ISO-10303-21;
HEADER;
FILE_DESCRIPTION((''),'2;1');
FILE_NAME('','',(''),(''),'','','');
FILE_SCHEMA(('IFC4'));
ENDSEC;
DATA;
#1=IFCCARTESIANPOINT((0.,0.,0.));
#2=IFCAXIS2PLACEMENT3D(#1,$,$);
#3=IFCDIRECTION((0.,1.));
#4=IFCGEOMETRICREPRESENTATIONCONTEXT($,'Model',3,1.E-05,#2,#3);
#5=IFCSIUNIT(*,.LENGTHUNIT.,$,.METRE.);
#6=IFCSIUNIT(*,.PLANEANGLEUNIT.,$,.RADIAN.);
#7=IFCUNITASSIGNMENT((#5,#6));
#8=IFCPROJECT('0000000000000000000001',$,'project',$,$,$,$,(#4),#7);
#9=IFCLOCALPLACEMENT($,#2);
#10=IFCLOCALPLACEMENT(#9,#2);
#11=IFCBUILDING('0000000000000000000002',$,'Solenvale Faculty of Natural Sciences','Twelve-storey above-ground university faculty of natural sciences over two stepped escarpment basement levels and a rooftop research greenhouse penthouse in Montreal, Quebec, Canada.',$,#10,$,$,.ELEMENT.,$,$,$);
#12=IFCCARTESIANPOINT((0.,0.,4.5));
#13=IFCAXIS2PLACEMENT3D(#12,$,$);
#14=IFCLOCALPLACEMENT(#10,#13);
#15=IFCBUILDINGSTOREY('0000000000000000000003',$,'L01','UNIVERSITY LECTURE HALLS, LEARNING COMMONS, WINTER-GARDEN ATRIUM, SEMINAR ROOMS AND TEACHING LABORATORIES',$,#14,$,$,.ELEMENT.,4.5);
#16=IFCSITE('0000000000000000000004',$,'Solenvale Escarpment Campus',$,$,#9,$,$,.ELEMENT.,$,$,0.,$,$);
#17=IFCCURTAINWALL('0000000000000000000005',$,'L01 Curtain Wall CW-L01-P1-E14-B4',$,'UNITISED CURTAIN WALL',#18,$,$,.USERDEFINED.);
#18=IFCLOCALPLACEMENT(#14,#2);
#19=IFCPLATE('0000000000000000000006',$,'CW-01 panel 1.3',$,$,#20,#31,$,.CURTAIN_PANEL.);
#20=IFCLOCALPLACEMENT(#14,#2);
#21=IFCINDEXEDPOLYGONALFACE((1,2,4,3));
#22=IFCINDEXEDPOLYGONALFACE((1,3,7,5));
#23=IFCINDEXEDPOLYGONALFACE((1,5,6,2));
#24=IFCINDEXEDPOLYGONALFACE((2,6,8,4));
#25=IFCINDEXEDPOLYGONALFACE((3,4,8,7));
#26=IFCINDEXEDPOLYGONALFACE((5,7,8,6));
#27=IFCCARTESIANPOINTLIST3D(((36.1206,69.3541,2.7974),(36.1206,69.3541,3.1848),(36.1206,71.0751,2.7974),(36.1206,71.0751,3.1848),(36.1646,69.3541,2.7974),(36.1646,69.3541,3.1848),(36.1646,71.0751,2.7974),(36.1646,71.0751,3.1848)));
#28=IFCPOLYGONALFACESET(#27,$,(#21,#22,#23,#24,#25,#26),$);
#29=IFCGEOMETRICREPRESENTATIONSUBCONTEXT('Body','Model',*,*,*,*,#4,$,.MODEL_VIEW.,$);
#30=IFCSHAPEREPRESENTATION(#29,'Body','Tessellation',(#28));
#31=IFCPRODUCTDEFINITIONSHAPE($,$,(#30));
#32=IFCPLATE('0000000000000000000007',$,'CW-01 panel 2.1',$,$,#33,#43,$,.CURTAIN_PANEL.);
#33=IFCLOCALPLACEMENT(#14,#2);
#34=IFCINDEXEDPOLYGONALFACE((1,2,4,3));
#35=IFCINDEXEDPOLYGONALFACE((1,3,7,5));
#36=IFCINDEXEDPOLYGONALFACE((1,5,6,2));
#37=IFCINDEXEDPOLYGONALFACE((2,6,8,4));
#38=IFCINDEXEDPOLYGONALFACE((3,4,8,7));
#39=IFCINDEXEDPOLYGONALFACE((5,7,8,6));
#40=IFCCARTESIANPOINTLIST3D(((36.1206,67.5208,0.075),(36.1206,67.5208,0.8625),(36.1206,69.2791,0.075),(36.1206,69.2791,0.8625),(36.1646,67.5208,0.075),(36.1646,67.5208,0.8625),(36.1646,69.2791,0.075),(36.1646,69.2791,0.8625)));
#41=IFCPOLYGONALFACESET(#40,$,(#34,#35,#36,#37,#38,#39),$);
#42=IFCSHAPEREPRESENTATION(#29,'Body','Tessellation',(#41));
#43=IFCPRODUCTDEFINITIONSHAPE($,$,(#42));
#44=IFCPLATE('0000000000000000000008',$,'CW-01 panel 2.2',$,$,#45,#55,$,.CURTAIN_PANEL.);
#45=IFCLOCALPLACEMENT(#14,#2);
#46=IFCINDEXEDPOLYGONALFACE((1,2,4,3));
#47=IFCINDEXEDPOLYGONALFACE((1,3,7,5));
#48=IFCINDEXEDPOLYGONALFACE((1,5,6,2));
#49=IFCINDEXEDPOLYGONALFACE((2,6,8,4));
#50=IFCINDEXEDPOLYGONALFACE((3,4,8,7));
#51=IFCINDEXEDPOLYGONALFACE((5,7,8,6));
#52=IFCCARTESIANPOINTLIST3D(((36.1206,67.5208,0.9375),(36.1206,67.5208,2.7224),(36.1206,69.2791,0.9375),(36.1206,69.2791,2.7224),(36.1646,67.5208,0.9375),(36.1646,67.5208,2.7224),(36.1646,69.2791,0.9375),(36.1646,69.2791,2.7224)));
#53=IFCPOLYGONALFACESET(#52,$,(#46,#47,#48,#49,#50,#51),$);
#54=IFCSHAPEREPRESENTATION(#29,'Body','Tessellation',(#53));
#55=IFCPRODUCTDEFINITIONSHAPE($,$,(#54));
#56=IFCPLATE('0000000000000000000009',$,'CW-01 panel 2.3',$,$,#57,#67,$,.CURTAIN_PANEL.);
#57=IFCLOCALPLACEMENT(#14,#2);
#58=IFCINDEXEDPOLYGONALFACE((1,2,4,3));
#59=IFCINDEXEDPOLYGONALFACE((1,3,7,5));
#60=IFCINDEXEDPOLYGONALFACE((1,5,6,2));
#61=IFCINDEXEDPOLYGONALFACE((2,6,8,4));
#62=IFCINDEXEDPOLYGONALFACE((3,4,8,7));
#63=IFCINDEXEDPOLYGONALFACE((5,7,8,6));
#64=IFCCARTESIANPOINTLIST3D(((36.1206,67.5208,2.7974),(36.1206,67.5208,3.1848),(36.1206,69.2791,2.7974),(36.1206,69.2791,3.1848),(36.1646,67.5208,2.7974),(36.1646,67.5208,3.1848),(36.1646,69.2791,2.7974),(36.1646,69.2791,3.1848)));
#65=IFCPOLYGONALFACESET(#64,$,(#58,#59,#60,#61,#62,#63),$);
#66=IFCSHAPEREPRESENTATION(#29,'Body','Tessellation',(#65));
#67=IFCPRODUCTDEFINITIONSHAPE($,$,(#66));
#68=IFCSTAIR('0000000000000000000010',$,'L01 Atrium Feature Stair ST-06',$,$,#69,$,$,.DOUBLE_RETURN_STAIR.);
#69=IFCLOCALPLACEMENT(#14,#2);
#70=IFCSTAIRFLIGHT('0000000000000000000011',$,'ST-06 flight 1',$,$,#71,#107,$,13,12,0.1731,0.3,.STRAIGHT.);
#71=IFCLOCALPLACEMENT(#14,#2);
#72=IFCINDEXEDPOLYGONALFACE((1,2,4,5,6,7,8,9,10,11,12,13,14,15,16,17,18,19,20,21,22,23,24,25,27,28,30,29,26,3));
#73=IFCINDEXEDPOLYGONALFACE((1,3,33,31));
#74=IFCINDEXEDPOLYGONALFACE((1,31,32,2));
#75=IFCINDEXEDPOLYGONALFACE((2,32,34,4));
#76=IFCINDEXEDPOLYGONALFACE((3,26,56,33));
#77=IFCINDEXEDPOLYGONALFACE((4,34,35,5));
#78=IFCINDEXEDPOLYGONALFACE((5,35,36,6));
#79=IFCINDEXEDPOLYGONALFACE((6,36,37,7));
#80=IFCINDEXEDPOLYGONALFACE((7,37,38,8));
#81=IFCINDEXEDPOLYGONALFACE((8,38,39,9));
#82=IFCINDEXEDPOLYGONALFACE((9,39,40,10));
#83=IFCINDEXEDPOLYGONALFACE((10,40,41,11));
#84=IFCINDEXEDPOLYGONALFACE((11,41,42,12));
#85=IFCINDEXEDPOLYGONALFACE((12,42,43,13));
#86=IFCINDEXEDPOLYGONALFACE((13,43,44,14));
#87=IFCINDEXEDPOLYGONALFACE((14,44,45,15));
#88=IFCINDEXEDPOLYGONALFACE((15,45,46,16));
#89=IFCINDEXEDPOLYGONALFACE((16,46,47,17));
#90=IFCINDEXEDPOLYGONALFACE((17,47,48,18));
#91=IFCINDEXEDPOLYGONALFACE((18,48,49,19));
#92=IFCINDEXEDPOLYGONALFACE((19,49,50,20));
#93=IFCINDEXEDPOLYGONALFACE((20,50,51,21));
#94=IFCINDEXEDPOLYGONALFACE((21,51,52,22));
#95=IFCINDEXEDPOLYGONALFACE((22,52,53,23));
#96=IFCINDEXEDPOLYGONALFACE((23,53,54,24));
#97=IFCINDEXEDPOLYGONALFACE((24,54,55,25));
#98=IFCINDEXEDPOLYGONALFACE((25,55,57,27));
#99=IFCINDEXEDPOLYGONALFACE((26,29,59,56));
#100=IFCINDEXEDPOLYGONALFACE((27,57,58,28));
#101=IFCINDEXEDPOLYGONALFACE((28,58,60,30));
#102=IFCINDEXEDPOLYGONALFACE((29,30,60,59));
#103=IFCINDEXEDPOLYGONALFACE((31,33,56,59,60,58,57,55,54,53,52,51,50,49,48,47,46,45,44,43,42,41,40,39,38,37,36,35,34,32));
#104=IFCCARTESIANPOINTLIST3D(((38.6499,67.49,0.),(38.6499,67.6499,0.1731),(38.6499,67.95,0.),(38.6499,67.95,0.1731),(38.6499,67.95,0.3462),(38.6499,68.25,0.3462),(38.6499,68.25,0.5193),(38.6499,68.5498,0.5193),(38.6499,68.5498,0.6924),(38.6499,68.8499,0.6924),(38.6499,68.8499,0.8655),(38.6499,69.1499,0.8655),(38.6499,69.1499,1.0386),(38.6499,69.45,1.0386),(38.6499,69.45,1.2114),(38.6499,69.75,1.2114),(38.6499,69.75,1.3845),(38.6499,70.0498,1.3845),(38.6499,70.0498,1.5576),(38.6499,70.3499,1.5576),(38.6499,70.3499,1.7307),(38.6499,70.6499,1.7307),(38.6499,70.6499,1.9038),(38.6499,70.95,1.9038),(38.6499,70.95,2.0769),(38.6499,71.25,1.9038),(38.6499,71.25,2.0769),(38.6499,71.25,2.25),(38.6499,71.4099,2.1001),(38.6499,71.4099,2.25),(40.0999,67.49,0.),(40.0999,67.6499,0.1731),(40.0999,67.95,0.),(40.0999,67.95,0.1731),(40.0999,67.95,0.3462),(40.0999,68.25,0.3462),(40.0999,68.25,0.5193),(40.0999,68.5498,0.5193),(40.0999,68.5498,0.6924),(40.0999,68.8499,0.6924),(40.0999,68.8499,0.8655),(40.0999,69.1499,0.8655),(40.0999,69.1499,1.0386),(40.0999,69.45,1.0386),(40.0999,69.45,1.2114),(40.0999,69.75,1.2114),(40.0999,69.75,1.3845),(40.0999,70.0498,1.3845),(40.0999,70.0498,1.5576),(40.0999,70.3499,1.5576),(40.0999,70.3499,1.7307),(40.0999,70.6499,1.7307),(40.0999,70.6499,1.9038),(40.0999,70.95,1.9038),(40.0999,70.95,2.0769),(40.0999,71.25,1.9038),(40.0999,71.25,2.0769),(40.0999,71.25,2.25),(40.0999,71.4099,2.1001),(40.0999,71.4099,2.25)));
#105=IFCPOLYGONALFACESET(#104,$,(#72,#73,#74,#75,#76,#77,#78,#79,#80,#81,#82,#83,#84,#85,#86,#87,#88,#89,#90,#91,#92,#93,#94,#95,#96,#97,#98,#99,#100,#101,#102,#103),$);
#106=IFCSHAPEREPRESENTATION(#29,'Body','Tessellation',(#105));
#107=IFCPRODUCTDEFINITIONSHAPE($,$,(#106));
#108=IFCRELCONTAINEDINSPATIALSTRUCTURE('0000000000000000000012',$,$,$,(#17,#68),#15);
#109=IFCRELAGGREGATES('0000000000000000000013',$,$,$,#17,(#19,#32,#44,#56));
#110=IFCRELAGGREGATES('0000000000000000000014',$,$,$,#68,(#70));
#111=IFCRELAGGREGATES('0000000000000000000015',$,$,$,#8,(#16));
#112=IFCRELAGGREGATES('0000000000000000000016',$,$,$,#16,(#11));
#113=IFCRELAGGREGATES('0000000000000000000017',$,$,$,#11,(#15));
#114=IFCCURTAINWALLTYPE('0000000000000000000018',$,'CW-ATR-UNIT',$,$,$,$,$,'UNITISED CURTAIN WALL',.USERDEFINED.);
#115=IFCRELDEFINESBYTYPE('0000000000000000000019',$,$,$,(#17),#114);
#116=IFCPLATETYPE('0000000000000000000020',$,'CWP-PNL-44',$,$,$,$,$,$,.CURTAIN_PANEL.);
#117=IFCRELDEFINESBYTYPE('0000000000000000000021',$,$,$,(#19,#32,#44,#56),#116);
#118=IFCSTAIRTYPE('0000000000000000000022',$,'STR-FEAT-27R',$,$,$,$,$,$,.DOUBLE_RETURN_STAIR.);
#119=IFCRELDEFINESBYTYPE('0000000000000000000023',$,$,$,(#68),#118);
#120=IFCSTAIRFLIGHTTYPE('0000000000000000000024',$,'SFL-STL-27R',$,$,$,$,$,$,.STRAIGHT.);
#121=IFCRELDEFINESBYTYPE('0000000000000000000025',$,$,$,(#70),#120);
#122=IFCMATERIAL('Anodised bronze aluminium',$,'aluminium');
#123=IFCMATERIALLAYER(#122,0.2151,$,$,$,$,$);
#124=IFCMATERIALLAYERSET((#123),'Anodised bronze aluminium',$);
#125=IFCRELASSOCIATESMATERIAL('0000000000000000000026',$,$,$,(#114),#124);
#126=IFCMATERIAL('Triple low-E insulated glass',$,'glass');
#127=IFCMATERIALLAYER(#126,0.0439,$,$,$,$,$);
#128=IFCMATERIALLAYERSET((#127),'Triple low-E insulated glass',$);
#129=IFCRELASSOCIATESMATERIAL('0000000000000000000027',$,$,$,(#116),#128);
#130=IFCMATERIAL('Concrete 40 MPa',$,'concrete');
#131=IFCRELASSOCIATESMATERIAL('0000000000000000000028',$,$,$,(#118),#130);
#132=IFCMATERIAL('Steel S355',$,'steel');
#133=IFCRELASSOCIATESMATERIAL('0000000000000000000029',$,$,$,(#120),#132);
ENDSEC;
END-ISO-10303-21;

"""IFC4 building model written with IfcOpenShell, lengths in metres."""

from ifc_helpers import new_model, si_unit, direction, frame, origin, origin_2d, place, context, subcontext, project, spatial, polyline, rectangle, outline, extrude, material, layer, layer_set, type_object, element, aggregate, save


model = new_model("IFC4")

# Units and contexts
model_context = context("Model", 3, precision=1e-05, world=origin(), true_north=direction((0.0, 1.0)))
body_context = subcontext(model_context, "Body", "Model", "MODEL_VIEW")
ifc_project = project(units=[si_unit("LENGTHUNIT", "METRE"), si_unit("PLANEANGLEUNIT", "RADIAN")], contexts=[model_context])

# Site, building, storey
site_placement = place(None, origin())
site = spatial("IfcSite", under=ifc_project, at=site_placement, Name="Solenvale Escarpment Campus", CompositionType="ELEMENT", RefElevation=0.0)
building_placement = place(site_placement, origin())
building = spatial("IfcBuilding", under=site, at=building_placement, Name="Solenvale Faculty of Natural Sciences", Description="Twelve-storey above-ground university faculty of natural sciences over two stepped escarpment basement levels and a rooftop research greenhouse penthouse in Montreal, Quebec, Canada.", CompositionType="ELEMENT")
storey_placement = place(building_placement, frame((0.0, 0.0, 4.5)))
storey = spatial("IfcBuildingStorey", under=building, at=storey_placement, Name="L01", Description="UNIVERSITY LECTURE HALLS, LEARNING COMMONS, WINTER-GARDEN ATRIUM, SEMINAR ROOMS AND TEACHING LABORATORIES", CompositionType="ELEMENT", Elevation=4.5)

# Curtain wall, plates
ifc_material_1 = material(Name="Anodised bronze aluminium", Category="aluminium")
ifc_layer_1 = layer(ifc_material_1, 0.2151)
ifc_layer_set_1 = layer_set([ifc_layer_1], Name="Anodised bronze aluminium")
curtain_wall_type = type_object("IfcCurtainWallType", Name="CW-ATR-UNIT", ElementType="UNITISED CURTAIN WALL", PredefinedType="USERDEFINED", material=ifc_layer_set_1)
curtain_wall_placement = place(storey_placement, origin())
curtain_wall = element("IfcCurtainWall", 1, at=curtain_wall_placement, inside=storey, type_object=curtain_wall_type, Name="L01 Curtain Wall CW-L01-P1-E14-B4", ObjectType="UNITISED CURTAIN WALL", PredefinedType="USERDEFINED")
ifc_material_2 = material(Name="Triple low-E insulated glass", Category="glass")
ifc_layer_2 = layer(ifc_material_2, 0.0439)
ifc_layer_set_2 = layer_set([ifc_layer_2], Name="Triple low-E insulated glass")
plate_type = type_object("IfcPlateType", Name="CWP-PNL-44", PredefinedType="CURTAIN_PANEL", material=ifc_layer_set_2)
plate_1_placement = place(storey_placement, frame((36.1426, 70.2146, 2.7974), z_axis=(0.0, 0.0, 1.0), x_axis=(0.0, -1.0, 0.0)))
plate_1 = element("IfcPlate", 2, at=plate_1_placement, type_object=plate_type, Name="CW-01 panel 1.3", PredefinedType="CURTAIN_PANEL", context=body_context, shape_type="SweptSolid", body=[
    extrude(rectangle(XDim=1.7209, YDim=0.0439, at=origin_2d()), origin(), (0.0, 0.0, 1.0), 0.3875),
])
plate_2_placement = place(storey_placement, frame((36.1426, 68.3999, 0.075), z_axis=(0.0, 0.0, 1.0), x_axis=(0.0, -1.0, 0.0)))
plate_2 = element("IfcPlate", 3, at=plate_2_placement, type_object=plate_type, Name="CW-01 panel 2.1", PredefinedType="CURTAIN_PANEL", context=body_context, shape_type="SweptSolid", body=[
    extrude(rectangle(XDim=1.7583, YDim=0.0439, at=origin_2d()), origin(), (0.0, 0.0, 1.0), 0.7876),
])
plate_3_placement = place(storey_placement, frame((36.1426, 68.3999, 0.9375), z_axis=(0.0, 0.0, 1.0), x_axis=(0.0, -1.0, 0.0)))
plate_3 = element("IfcPlate", 4, at=plate_3_placement, type_object=plate_type, Name="CW-01 panel 2.2", PredefinedType="CURTAIN_PANEL", context=body_context, shape_type="SweptSolid", body=[
    extrude(rectangle(XDim=1.7583, YDim=0.0439, at=origin_2d()), origin(), (0.0, 0.0, 1.0), 1.7849),
])
plate_4_placement = place(storey_placement, frame((36.1426, 68.3999, 2.7974), z_axis=(0.0, 0.0, 1.0), x_axis=(0.0, -1.0, 0.0)))
plate_4 = element("IfcPlate", 5, at=plate_4_placement, type_object=plate_type, Name="CW-01 panel 2.3", PredefinedType="CURTAIN_PANEL", context=body_context, shape_type="SweptSolid", body=[
    extrude(rectangle(XDim=1.7583, YDim=0.0439, at=origin_2d()), origin(), (0.0, 0.0, 1.0), 0.3875),
])
aggregate(curtain_wall, [plate_1, plate_2, plate_3, plate_4])

# Stair, stair flight
ifc_material_3 = material(Name="Concrete 40 MPa", Category="concrete")
stair_type = type_object("IfcStairType", Name="STR-FEAT-27R", PredefinedType="DOUBLE_RETURN_STAIR", material=ifc_material_3)
stair_placement = place(storey_placement, origin())
stair = element("IfcStair", 6, at=stair_placement, inside=storey, type_object=stair_type, Name="L01 Atrium Feature Stair ST-06", PredefinedType="DOUBLE_RETURN_STAIR")
ifc_material_4 = material(Name="Steel S355", Category="steel")
stair_flight_type = type_object("IfcStairFlightType", Name="SFL-STL-27R", PredefinedType="STRAIGHT", material=ifc_material_4)
stair_flight_placement = place(storey_placement, frame((39.375, 67.6499, 0.0), z_axis=(0.0, 0.0, 1.0), x_axis=(0.0, 1.0, 0.0)))
stair_flight = element("IfcStairFlight", 7, at=stair_flight_placement, type_object=stair_flight_type, Name="ST-06 flight 1", NumberOfRisers=13, NumberOfTreads=12, PredefinedType="STRAIGHT", RiserHeight=0.1731, TreadLength=0.3, context=body_context, shape_type="SweptSolid", body=[
    extrude(outline(polyline([(-0.1599, 0.0), (0.0, 0.1731), (0.3, 0.1731), (0.3, 0.3462), (0.6001, 0.3462), (0.6001, 0.5193), (0.8999, 0.5193), (0.8999, 0.6924), (1.2, 0.6924), (1.2, 0.8655), (1.5, 0.8655), (1.5, 1.0386), (1.8, 1.0386), (1.8, 1.2114), (2.1001, 1.2114), (2.1001, 1.3845), (2.3999, 1.3845), (2.3999, 1.5576), (2.7, 1.5576), (2.7, 1.7307), (3.0, 1.7307), (3.0, 1.9038), (3.3, 1.9038), (3.3, 2.0769), (3.6001, 2.0769), (3.6001, 2.25), (3.76, 2.25), (3.76, 2.1001), (3.6001, 1.9038), (0.3, 0.0), (-0.1599, 0.0)])), frame((0.0, 0.7251, 0.0), z_axis=(0.0, -1.0, 0.0), x_axis=(1.0, 0.0, 0.0)), (0.0, 0.0, 1.0), 1.45),
])
aggregate(stair, [stair_flight])

save(model, "model.ifc")
